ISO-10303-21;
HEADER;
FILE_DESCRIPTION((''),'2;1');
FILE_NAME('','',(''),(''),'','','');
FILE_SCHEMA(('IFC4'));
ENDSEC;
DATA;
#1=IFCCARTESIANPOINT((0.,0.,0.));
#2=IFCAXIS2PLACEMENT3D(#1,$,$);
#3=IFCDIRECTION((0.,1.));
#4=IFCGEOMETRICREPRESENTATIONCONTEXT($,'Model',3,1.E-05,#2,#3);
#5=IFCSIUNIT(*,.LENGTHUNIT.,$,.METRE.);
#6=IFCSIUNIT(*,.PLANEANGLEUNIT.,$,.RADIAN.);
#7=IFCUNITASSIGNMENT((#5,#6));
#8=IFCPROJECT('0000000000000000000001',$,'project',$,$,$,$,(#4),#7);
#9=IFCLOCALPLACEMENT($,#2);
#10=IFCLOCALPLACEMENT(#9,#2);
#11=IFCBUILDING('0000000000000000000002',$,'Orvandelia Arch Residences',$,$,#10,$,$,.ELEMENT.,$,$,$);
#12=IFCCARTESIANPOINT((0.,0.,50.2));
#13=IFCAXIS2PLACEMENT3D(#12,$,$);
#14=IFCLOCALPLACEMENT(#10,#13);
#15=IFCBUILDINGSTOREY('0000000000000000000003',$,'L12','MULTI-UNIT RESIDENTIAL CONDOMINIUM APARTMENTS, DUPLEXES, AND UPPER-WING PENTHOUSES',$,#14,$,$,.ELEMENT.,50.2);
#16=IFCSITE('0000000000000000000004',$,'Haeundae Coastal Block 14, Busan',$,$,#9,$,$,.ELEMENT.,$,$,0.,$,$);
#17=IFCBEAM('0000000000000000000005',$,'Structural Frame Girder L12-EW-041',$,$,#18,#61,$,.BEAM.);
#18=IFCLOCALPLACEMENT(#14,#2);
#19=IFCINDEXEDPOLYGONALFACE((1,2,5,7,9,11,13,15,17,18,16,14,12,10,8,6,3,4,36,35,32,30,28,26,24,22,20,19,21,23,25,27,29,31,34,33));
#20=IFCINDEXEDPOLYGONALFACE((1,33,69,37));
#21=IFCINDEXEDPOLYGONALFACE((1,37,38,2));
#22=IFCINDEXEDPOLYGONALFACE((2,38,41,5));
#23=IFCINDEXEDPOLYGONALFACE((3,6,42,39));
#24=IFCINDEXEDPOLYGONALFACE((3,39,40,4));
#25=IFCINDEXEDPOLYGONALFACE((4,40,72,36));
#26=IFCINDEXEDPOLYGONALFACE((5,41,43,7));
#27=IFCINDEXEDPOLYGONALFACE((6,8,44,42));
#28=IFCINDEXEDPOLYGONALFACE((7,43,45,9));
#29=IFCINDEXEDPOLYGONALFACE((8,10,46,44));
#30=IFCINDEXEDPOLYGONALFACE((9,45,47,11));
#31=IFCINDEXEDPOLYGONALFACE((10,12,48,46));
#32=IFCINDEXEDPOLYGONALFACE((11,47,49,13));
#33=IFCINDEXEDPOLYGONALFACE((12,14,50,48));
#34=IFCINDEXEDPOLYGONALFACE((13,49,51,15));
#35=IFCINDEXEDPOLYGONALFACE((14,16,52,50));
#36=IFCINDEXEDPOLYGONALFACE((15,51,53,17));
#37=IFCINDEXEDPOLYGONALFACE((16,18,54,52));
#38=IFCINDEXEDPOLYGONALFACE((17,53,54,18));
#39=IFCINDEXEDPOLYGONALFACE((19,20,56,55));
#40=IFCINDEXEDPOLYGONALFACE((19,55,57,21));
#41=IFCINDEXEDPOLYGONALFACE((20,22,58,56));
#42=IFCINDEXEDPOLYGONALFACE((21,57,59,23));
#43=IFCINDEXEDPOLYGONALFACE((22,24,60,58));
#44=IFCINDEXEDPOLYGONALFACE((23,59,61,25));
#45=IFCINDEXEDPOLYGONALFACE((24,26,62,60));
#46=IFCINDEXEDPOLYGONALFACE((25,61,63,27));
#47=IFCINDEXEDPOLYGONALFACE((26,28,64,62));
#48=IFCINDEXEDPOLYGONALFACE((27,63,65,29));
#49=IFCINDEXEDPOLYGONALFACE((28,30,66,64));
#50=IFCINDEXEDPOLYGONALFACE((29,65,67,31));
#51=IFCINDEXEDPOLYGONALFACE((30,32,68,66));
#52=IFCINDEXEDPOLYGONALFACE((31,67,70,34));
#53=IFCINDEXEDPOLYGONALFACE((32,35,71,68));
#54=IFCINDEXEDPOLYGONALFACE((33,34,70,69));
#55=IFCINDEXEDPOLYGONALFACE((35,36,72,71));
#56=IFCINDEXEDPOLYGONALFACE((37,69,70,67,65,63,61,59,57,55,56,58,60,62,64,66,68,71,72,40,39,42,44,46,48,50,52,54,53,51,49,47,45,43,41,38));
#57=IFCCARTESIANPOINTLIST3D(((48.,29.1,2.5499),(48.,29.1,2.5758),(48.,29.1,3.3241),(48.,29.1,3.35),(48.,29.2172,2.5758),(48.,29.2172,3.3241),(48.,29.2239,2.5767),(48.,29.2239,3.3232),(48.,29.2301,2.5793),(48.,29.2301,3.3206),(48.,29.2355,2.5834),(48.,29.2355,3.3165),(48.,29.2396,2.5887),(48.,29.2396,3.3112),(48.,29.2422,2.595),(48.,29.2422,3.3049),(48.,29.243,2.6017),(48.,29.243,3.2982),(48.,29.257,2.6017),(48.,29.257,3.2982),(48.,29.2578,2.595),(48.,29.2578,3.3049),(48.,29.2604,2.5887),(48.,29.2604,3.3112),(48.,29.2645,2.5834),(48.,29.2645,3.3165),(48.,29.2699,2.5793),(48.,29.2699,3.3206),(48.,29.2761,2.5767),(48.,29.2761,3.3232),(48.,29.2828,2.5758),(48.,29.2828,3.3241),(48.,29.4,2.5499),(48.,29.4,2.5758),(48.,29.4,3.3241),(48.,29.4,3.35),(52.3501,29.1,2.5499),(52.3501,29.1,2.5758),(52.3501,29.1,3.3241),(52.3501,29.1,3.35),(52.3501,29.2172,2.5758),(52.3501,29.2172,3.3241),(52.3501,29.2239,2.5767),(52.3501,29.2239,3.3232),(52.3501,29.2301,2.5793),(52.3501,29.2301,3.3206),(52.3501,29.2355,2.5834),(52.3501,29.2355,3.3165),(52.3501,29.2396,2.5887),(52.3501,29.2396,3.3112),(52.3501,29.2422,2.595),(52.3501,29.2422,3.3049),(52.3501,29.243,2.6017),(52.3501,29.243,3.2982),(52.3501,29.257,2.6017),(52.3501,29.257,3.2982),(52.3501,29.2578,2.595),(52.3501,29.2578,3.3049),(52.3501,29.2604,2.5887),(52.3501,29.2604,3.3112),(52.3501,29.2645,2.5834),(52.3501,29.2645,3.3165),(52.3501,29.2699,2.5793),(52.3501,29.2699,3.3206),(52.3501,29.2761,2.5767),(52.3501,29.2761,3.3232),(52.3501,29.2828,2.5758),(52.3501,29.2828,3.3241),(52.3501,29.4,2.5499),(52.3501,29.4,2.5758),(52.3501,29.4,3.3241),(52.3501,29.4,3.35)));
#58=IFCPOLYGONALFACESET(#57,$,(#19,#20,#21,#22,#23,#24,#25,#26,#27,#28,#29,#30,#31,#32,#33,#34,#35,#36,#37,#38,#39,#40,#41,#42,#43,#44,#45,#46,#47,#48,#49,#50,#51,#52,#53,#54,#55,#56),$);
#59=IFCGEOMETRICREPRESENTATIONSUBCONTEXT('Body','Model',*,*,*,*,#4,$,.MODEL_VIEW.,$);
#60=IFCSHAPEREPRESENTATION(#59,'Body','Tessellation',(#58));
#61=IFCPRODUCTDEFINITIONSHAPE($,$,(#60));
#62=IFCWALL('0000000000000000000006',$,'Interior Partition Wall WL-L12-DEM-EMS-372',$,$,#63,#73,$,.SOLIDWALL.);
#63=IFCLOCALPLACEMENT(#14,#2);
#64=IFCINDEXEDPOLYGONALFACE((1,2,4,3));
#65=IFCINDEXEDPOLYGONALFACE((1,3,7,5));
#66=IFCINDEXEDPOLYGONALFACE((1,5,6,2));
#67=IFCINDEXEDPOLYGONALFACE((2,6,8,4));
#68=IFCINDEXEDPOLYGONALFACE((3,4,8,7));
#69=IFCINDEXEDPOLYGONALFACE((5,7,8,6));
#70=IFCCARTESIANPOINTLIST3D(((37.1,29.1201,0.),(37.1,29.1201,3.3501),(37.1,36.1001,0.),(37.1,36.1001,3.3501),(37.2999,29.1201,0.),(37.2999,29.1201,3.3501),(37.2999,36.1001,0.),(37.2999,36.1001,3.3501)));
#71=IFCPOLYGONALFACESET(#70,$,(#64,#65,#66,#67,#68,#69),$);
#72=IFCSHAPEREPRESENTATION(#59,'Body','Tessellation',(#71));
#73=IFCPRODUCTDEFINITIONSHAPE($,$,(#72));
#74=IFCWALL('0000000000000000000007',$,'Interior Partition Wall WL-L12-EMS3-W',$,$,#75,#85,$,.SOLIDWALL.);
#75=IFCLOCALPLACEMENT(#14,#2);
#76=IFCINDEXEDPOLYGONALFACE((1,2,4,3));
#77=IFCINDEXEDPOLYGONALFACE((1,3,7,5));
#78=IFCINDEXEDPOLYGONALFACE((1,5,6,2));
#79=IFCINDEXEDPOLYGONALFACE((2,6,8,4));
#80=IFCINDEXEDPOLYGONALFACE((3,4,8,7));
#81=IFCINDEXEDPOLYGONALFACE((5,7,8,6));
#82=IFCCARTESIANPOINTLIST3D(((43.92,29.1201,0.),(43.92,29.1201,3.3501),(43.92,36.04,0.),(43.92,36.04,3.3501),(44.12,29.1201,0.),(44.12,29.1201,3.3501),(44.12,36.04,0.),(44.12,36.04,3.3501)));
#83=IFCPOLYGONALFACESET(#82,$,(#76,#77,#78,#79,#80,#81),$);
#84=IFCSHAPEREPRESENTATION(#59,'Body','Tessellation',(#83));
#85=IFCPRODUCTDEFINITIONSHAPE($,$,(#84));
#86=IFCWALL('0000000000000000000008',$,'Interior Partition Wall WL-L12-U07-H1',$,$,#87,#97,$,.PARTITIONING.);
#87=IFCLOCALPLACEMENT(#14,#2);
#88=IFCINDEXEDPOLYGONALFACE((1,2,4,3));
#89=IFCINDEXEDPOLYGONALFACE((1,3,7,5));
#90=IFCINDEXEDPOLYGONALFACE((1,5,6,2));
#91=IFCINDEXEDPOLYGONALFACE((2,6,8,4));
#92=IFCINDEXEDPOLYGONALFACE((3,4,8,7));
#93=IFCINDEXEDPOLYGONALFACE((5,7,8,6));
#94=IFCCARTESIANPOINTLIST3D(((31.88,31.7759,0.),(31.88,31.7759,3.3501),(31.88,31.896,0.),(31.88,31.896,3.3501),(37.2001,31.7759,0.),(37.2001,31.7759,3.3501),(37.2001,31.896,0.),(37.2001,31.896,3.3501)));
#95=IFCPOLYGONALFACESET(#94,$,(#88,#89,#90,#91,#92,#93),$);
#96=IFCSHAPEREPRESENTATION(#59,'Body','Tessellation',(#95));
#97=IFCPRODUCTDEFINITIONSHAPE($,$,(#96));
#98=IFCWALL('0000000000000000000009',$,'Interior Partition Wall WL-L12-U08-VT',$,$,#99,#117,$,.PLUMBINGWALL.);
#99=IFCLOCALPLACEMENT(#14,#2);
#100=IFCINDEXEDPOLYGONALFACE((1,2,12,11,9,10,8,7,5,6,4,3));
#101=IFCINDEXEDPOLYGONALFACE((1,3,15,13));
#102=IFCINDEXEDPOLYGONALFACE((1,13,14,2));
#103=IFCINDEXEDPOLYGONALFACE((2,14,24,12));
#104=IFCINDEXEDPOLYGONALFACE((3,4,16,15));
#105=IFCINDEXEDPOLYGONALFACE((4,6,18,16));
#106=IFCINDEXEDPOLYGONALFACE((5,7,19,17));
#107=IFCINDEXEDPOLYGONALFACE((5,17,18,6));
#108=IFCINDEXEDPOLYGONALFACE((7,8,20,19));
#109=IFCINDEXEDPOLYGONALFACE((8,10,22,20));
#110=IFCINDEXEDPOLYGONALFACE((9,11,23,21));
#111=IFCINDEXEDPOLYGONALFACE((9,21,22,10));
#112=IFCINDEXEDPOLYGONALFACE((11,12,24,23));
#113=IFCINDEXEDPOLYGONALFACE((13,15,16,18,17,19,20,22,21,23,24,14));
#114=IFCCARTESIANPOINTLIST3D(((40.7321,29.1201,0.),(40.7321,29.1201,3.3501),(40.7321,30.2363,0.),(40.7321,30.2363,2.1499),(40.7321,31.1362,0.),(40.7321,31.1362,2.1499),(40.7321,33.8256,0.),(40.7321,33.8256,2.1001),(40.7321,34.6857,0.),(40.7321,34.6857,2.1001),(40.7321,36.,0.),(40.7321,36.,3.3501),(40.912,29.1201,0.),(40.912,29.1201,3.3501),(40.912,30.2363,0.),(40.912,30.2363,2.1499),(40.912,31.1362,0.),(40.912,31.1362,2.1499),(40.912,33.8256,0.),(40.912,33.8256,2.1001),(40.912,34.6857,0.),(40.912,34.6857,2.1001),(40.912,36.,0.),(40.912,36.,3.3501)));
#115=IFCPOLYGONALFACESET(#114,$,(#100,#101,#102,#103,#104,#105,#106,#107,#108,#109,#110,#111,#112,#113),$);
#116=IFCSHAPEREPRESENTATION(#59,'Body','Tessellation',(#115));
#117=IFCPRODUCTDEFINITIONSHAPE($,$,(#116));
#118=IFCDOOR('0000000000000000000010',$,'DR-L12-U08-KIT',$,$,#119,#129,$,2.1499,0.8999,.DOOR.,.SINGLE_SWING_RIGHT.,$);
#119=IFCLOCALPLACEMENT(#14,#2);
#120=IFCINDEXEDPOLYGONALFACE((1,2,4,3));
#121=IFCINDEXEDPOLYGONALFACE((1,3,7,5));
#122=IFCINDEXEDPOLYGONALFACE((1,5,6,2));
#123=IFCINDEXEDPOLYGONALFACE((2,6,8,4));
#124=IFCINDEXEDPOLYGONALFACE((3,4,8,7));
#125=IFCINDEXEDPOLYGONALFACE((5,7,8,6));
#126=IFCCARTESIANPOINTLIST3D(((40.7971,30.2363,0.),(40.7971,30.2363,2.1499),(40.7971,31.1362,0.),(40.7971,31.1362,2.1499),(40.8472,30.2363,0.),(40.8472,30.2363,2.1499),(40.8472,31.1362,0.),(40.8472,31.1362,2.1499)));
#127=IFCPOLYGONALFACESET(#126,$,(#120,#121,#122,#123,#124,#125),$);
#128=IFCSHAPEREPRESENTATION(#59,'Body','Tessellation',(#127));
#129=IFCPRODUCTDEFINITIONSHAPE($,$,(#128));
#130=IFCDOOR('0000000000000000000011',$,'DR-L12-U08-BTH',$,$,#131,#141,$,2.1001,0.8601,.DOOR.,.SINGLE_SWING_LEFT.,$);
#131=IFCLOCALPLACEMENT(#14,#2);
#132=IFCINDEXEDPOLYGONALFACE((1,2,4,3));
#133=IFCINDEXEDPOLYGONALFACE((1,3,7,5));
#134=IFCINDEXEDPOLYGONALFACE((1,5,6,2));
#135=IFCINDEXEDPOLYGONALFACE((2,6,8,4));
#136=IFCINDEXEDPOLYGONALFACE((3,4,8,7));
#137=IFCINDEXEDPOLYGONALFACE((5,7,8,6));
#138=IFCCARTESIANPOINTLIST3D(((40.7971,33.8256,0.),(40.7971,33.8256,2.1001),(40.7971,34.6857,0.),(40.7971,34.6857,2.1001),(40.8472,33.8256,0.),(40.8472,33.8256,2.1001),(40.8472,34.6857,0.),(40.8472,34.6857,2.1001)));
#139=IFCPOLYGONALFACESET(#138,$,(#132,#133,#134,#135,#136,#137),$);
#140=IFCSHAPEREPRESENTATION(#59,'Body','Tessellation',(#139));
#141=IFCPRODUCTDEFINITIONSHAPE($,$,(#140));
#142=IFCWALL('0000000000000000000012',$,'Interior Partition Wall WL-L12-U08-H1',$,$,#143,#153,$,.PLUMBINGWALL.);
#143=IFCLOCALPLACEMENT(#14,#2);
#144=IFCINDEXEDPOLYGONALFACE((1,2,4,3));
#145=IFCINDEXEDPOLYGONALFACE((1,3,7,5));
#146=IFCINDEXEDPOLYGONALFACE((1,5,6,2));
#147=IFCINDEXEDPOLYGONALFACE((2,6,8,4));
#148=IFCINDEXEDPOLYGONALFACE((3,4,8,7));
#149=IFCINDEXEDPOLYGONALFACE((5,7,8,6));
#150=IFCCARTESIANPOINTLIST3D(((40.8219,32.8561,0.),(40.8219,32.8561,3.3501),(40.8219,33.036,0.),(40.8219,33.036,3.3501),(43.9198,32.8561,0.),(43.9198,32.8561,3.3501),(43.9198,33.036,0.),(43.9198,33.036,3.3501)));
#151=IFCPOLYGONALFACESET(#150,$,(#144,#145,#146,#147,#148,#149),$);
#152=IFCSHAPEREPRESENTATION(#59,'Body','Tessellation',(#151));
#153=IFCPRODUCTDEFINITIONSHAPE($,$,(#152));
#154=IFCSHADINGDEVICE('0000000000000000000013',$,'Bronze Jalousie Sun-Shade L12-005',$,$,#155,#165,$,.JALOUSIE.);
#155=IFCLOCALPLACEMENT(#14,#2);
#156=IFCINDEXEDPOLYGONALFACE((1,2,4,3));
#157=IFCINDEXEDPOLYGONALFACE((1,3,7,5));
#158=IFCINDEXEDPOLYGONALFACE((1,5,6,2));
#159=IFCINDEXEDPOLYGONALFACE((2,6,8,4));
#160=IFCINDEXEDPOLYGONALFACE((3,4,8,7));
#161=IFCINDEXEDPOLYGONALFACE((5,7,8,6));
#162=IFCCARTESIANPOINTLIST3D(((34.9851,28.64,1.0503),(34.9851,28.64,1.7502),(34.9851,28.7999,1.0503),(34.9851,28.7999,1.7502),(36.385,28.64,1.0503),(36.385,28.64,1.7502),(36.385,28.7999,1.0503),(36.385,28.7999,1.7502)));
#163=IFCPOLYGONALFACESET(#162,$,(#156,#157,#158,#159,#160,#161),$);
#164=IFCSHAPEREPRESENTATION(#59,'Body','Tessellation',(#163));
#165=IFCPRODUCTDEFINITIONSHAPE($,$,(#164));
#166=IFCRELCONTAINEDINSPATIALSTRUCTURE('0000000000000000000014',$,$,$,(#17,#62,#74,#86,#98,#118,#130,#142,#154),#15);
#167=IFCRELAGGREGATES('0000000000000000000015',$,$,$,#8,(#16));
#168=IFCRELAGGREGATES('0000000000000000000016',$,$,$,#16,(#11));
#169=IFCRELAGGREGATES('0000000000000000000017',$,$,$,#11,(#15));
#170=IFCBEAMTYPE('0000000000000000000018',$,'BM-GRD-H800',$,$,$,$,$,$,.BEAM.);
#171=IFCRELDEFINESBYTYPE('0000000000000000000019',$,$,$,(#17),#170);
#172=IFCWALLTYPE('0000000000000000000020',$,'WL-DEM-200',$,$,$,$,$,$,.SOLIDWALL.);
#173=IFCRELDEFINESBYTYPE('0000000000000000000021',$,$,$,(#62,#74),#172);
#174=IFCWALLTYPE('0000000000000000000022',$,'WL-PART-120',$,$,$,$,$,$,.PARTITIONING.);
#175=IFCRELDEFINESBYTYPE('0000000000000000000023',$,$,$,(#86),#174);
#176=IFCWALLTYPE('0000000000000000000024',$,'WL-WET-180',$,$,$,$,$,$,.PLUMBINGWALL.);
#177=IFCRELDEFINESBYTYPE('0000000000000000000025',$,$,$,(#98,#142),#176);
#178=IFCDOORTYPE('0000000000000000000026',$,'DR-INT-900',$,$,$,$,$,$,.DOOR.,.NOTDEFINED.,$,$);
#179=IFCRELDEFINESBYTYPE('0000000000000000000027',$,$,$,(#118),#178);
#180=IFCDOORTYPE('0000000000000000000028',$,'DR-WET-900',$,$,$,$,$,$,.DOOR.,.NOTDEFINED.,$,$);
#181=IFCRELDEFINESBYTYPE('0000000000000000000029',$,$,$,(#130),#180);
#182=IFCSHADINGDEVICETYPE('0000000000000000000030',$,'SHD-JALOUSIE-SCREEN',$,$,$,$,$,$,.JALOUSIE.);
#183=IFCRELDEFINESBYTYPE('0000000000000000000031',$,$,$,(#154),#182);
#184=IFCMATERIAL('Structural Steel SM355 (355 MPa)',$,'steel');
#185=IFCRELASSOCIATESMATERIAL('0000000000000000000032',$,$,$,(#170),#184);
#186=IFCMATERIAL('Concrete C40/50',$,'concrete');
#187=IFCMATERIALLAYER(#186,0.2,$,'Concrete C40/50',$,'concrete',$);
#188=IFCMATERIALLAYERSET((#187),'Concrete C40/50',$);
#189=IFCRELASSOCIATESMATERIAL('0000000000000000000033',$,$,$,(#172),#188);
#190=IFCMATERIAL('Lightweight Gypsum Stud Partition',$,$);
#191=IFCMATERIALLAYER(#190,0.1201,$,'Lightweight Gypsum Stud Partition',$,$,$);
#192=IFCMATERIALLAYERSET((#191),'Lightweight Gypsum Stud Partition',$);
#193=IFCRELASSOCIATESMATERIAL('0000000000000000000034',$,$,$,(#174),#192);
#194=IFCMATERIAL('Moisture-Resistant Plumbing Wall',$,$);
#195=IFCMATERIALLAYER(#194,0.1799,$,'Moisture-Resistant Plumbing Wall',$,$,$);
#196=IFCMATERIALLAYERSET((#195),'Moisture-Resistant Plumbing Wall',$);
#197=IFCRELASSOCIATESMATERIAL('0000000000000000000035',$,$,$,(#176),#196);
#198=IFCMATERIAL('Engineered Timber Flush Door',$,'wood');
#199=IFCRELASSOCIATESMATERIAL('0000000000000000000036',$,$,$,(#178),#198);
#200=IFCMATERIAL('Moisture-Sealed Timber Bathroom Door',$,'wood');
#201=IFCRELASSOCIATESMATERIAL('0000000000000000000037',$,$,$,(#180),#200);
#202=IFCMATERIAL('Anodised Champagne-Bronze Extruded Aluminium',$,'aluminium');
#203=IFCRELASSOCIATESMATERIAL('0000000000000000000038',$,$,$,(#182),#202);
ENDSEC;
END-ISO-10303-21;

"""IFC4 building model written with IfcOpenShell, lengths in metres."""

from ifc_helpers import new_model, si_unit, direction, frame, frame_2d, origin, origin_2d, place, context, subcontext, project, spatial, rectangle, i_section, extrude, material, layer, layer_set, material_profile, profile_set, type_object, element, fill, save


model = new_model("IFC4")

# Units and contexts
model_context = context("Model", 3, precision=1e-05, world=origin(), true_north=direction((0.0, 1.0)))
body_context = subcontext(model_context, "Body", "Model", "MODEL_VIEW")
ifc_project = project(units=[si_unit("LENGTHUNIT", "METRE"), si_unit("PLANEANGLEUNIT", "RADIAN")], contexts=[model_context])

# Site, building, storey
site_placement = place(None, origin())
site = spatial("IfcSite", under=ifc_project, at=site_placement, Name="Haeundae Coastal Block 14, Busan", CompositionType="ELEMENT", RefElevation=0.0)
building_placement = place(site_placement, origin())
building = spatial("IfcBuilding", under=site, at=building_placement, Name="Orvandelia Arch Residences", CompositionType="ELEMENT")
storey_placement = place(building_placement, frame((0.0, 0.0, 50.2)))
storey = spatial("IfcBuildingStorey", under=building, at=storey_placement, Name="L12", Description="MULTI-UNIT RESIDENTIAL CONDOMINIUM APARTMENTS, DUPLEXES, AND UPPER-WING PENTHOUSES", CompositionType="ELEMENT", Elevation=50.2)

# Beam
ifc_material_1 = material(Name="Structural Steel SM355 (355 MPa)", Category="steel")
ifc_material_profile_1 = material_profile(ifc_material_1, i_section(OverallWidth=0.3, OverallDepth=0.8, WebThickness=0.0139, FlangeThickness=0.0259, FilletRadius=0.0259, at=origin_2d()), Name="Structural Steel SM355 (355 MPa)", Category="steel")
ifc_profile_set_1 = profile_set([ifc_material_profile_1], Name="Structural Steel SM355 (355 MPa)")
beam_type = type_object("IfcBeamType", Name="BM-GRD-H800", PredefinedType="BEAM", material=ifc_profile_set_1)
beam_1_placement = place(storey_placement, frame((48.0, 29.25, 2.95), z_axis=(1.0, 0.0, 0.0), x_axis=(0.0, 1.0, 0.0)))
element("IfcBeam", 1, at=beam_1_placement, inside=storey, type_object=beam_type, Name="Structural Frame Girder L12-EW-041", PredefinedType="BEAM", context=body_context, shape_type="SweptSolid", body=[
    extrude(i_section(OverallWidth=0.3, OverallDepth=0.8, WebThickness=0.0139, FlangeThickness=0.0259, FilletRadius=0.0259, at=origin_2d()), origin(), (0.0, 0.0, 1.0), 4.3501),
])

# Walls
ifc_material_2 = material(Name="Concrete C40/50", Category="concrete")
ifc_layer_1 = layer(ifc_material_2, 0.2, Name="Concrete C40/50", Category="concrete")
ifc_layer_set_1 = layer_set([ifc_layer_1], Name="Concrete C40/50")
wall_type_1 = type_object("IfcWallType", Name="WL-DEM-200", PredefinedType="SOLIDWALL", material=ifc_layer_set_1)
wall_1_placement = place(storey_placement, frame((37.2, 29.1201, 0.0), z_axis=(0.0, 0.0, 1.0), x_axis=(0.0, 1.0, 0.0)))
element("IfcWall", 2, at=wall_1_placement, inside=storey, type_object=wall_type_1, Name="Interior Partition Wall WL-L12-DEM-EMS-372", PredefinedType="SOLIDWALL", context=body_context, shape_type="SweptSolid", body=[
    extrude(rectangle(XDim=6.98, YDim=0.2, at=frame_2d((3.49, 0.0))), origin(), (0.0, 0.0, 1.0), 3.3501),
])
wall_2_placement = place(storey_placement, frame((44.02, 29.1201, 0.0), z_axis=(0.0, 0.0, 1.0), x_axis=(0.0, 1.0, 0.0)))
element("IfcWall", 3, at=wall_2_placement, inside=storey, type_object=wall_type_1, Name="Interior Partition Wall WL-L12-EMS3-W", PredefinedType="SOLIDWALL", context=body_context, shape_type="SweptSolid", body=[
    extrude(rectangle(XDim=6.9199, YDim=0.2, at=frame_2d((3.46, 0.0))), origin(), (0.0, 0.0, 1.0), 3.3501),
])
ifc_material_3 = material(Name="Lightweight Gypsum Stud Partition")
ifc_layer_2 = layer(ifc_material_3, 0.1201, Name="Lightweight Gypsum Stud Partition")
ifc_layer_set_2 = layer_set([ifc_layer_2], Name="Lightweight Gypsum Stud Partition")
wall_type_2 = type_object("IfcWallType", Name="WL-PART-120", PredefinedType="PARTITIONING", material=ifc_layer_set_2)
wall_3_placement = place(storey_placement, frame((31.8799, 31.8359, 0.0), z_axis=(0.0, 0.0, 1.0), x_axis=(1.0, 0.0, 0.0)))
element("IfcWall", 4, at=wall_3_placement, inside=storey, type_object=wall_type_2, Name="Interior Partition Wall WL-L12-U07-H1", PredefinedType="PARTITIONING", context=body_context, shape_type="SweptSolid", body=[
    extrude(rectangle(XDim=5.3201, YDim=0.1201, at=frame_2d((2.6602, 0.0))), origin(), (0.0, 0.0, 1.0), 3.3501),
])

# Wall, openings, doors
ifc_material_4 = material(Name="Moisture-Resistant Plumbing Wall")
ifc_layer_3 = layer(ifc_material_4, 0.1799, Name="Moisture-Resistant Plumbing Wall")
ifc_layer_set_3 = layer_set([ifc_layer_3], Name="Moisture-Resistant Plumbing Wall")
wall_type_3 = type_object("IfcWallType", Name="WL-WET-180", PredefinedType="PLUMBINGWALL", material=ifc_layer_set_3)
wall_4_placement = place(storey_placement, frame((40.822, 29.1201, 0.0), z_axis=(0.0, 0.0, 1.0), x_axis=(0.0, 1.0, 0.0)))
wall_4 = element("IfcWall", 5, at=wall_4_placement, inside=storey, type_object=wall_type_3, Name="Interior Partition Wall WL-L12-U08-VT", PredefinedType="PLUMBINGWALL", context=body_context, shape_type="SweptSolid", body=[
    extrude(rectangle(XDim=6.8799, YDim=0.1799, at=frame_2d((3.4399, 0.0))), origin(), (0.0, 0.0, 1.0), 3.3501),
])
opening_1_placement = place(wall_4_placement, frame((1.1162, 0.0, 0.0)))
opening_1 = element("IfcOpeningElement", 6, at=opening_1_placement, cuts=wall_4, PredefinedType="OPENING", context=body_context, shape_type="SweptSolid", body=[
    extrude(rectangle(XDim=0.8999, YDim=2.1499, at=frame_2d((0.45, 1.075))), frame((0.0, 0.1001, 0.0), z_axis=(0.0, -1.0, 0.0), x_axis=(1.0, 0.0, 0.0)), (0.0, 0.0, 1.0), 0.2),
])
opening_2_placement = place(wall_4_placement, frame((4.7053, 0.0, 0.0)))
opening_2 = element("IfcOpeningElement", 7, at=opening_2_placement, cuts=wall_4, PredefinedType="OPENING", context=body_context, shape_type="SweptSolid", body=[
    extrude(rectangle(XDim=0.8601, YDim=2.1001, at=frame_2d((0.4302, 1.05))), frame((0.0, 0.1001, 0.0), z_axis=(0.0, -1.0, 0.0), x_axis=(1.0, 0.0, 0.0)), (0.0, 0.0, 1.0), 0.2),
])
ifc_material_5 = material(Name="Engineered Timber Flush Door", Category="wood")
door_type_1 = type_object("IfcDoorType", Name="DR-INT-900", OperationType="NOTDEFINED", PredefinedType="DOOR", material=ifc_material_5)
door_1_placement = place(opening_1_placement, origin())
door_1 = element("IfcDoor", 8, at=door_1_placement, inside=storey, type_object=door_type_1, Name="DR-L12-U08-KIT", OperationType="SINGLE_SWING_RIGHT", OverallHeight=2.1499, OverallWidth=0.8999, PredefinedType="DOOR", context=body_context, shape_type="SweptSolid", body=[
    extrude(rectangle(XDim=0.8999, YDim=2.1499, at=frame_2d((0.45, 1.075))), frame((0.0, 0.0249, 0.0), z_axis=(0.0, -1.0, 0.0), x_axis=(1.0, 0.0, 0.0)), (0.0, 0.0, 1.0), 0.05),
])
fill(opening_1, door_1)
ifc_material_6 = material(Name="Moisture-Sealed Timber Bathroom Door", Category="wood")
door_type_2 = type_object("IfcDoorType", Name="DR-WET-900", OperationType="NOTDEFINED", PredefinedType="DOOR", material=ifc_material_6)
door_2_placement = place(opening_2_placement, origin())
door_2 = element("IfcDoor", 9, at=door_2_placement, inside=storey, type_object=door_type_2, Name="DR-L12-U08-BTH", OperationType="SINGLE_SWING_LEFT", OverallHeight=2.1001, OverallWidth=0.8601, PredefinedType="DOOR", context=body_context, shape_type="SweptSolid", body=[
    extrude(rectangle(XDim=0.8601, YDim=2.1001, at=frame_2d((0.4302, 1.05))), frame((0.0, 0.0249, 0.0), z_axis=(0.0, -1.0, 0.0), x_axis=(1.0, 0.0, 0.0)), (0.0, 0.0, 1.0), 0.05),
])
fill(opening_2, door_2)

# Wall
wall_5_placement = place(storey_placement, frame((40.822, 32.946, 0.0), z_axis=(0.0, 0.0, 1.0), x_axis=(1.0, 0.0, 0.0)))
element("IfcWall", 10, at=wall_5_placement, inside=storey, type_object=wall_type_3, Name="Interior Partition Wall WL-L12-U08-H1", PredefinedType="PLUMBINGWALL", context=body_context, shape_type="SweptSolid", body=[
    extrude(rectangle(XDim=3.0979, YDim=0.1799, at=frame_2d((1.5488, 0.0))), origin(), (0.0, 0.0, 1.0), 3.3501),
])

# Shading device
ifc_material_7 = material(Name="Anodised Champagne-Bronze Extruded Aluminium", Category="aluminium")
shading_device_type = type_object("IfcShadingDeviceType", Name="SHD-JALOUSIE-SCREEN", PredefinedType="JALOUSIE", material=ifc_material_7)
shading_device_placement = place(storey_placement, frame((35.6851, 28.72, 1.0503), z_axis=(0.0, 0.0, 1.0), x_axis=(-1.0, 0.0, 0.0)))
element("IfcShadingDevice", 11, at=shading_device_placement, inside=storey, type_object=shading_device_type, Name="Bronze Jalousie Sun-Shade L12-005", PredefinedType="JALOUSIE", context=body_context, shape_type="SweptSolid", body=[
    extrude(rectangle(XDim=1.3999, YDim=0.1599, at=origin_2d()), origin(), (0.0, 0.0, 1.0), 0.7),
])

save(model, "model.ifc")
